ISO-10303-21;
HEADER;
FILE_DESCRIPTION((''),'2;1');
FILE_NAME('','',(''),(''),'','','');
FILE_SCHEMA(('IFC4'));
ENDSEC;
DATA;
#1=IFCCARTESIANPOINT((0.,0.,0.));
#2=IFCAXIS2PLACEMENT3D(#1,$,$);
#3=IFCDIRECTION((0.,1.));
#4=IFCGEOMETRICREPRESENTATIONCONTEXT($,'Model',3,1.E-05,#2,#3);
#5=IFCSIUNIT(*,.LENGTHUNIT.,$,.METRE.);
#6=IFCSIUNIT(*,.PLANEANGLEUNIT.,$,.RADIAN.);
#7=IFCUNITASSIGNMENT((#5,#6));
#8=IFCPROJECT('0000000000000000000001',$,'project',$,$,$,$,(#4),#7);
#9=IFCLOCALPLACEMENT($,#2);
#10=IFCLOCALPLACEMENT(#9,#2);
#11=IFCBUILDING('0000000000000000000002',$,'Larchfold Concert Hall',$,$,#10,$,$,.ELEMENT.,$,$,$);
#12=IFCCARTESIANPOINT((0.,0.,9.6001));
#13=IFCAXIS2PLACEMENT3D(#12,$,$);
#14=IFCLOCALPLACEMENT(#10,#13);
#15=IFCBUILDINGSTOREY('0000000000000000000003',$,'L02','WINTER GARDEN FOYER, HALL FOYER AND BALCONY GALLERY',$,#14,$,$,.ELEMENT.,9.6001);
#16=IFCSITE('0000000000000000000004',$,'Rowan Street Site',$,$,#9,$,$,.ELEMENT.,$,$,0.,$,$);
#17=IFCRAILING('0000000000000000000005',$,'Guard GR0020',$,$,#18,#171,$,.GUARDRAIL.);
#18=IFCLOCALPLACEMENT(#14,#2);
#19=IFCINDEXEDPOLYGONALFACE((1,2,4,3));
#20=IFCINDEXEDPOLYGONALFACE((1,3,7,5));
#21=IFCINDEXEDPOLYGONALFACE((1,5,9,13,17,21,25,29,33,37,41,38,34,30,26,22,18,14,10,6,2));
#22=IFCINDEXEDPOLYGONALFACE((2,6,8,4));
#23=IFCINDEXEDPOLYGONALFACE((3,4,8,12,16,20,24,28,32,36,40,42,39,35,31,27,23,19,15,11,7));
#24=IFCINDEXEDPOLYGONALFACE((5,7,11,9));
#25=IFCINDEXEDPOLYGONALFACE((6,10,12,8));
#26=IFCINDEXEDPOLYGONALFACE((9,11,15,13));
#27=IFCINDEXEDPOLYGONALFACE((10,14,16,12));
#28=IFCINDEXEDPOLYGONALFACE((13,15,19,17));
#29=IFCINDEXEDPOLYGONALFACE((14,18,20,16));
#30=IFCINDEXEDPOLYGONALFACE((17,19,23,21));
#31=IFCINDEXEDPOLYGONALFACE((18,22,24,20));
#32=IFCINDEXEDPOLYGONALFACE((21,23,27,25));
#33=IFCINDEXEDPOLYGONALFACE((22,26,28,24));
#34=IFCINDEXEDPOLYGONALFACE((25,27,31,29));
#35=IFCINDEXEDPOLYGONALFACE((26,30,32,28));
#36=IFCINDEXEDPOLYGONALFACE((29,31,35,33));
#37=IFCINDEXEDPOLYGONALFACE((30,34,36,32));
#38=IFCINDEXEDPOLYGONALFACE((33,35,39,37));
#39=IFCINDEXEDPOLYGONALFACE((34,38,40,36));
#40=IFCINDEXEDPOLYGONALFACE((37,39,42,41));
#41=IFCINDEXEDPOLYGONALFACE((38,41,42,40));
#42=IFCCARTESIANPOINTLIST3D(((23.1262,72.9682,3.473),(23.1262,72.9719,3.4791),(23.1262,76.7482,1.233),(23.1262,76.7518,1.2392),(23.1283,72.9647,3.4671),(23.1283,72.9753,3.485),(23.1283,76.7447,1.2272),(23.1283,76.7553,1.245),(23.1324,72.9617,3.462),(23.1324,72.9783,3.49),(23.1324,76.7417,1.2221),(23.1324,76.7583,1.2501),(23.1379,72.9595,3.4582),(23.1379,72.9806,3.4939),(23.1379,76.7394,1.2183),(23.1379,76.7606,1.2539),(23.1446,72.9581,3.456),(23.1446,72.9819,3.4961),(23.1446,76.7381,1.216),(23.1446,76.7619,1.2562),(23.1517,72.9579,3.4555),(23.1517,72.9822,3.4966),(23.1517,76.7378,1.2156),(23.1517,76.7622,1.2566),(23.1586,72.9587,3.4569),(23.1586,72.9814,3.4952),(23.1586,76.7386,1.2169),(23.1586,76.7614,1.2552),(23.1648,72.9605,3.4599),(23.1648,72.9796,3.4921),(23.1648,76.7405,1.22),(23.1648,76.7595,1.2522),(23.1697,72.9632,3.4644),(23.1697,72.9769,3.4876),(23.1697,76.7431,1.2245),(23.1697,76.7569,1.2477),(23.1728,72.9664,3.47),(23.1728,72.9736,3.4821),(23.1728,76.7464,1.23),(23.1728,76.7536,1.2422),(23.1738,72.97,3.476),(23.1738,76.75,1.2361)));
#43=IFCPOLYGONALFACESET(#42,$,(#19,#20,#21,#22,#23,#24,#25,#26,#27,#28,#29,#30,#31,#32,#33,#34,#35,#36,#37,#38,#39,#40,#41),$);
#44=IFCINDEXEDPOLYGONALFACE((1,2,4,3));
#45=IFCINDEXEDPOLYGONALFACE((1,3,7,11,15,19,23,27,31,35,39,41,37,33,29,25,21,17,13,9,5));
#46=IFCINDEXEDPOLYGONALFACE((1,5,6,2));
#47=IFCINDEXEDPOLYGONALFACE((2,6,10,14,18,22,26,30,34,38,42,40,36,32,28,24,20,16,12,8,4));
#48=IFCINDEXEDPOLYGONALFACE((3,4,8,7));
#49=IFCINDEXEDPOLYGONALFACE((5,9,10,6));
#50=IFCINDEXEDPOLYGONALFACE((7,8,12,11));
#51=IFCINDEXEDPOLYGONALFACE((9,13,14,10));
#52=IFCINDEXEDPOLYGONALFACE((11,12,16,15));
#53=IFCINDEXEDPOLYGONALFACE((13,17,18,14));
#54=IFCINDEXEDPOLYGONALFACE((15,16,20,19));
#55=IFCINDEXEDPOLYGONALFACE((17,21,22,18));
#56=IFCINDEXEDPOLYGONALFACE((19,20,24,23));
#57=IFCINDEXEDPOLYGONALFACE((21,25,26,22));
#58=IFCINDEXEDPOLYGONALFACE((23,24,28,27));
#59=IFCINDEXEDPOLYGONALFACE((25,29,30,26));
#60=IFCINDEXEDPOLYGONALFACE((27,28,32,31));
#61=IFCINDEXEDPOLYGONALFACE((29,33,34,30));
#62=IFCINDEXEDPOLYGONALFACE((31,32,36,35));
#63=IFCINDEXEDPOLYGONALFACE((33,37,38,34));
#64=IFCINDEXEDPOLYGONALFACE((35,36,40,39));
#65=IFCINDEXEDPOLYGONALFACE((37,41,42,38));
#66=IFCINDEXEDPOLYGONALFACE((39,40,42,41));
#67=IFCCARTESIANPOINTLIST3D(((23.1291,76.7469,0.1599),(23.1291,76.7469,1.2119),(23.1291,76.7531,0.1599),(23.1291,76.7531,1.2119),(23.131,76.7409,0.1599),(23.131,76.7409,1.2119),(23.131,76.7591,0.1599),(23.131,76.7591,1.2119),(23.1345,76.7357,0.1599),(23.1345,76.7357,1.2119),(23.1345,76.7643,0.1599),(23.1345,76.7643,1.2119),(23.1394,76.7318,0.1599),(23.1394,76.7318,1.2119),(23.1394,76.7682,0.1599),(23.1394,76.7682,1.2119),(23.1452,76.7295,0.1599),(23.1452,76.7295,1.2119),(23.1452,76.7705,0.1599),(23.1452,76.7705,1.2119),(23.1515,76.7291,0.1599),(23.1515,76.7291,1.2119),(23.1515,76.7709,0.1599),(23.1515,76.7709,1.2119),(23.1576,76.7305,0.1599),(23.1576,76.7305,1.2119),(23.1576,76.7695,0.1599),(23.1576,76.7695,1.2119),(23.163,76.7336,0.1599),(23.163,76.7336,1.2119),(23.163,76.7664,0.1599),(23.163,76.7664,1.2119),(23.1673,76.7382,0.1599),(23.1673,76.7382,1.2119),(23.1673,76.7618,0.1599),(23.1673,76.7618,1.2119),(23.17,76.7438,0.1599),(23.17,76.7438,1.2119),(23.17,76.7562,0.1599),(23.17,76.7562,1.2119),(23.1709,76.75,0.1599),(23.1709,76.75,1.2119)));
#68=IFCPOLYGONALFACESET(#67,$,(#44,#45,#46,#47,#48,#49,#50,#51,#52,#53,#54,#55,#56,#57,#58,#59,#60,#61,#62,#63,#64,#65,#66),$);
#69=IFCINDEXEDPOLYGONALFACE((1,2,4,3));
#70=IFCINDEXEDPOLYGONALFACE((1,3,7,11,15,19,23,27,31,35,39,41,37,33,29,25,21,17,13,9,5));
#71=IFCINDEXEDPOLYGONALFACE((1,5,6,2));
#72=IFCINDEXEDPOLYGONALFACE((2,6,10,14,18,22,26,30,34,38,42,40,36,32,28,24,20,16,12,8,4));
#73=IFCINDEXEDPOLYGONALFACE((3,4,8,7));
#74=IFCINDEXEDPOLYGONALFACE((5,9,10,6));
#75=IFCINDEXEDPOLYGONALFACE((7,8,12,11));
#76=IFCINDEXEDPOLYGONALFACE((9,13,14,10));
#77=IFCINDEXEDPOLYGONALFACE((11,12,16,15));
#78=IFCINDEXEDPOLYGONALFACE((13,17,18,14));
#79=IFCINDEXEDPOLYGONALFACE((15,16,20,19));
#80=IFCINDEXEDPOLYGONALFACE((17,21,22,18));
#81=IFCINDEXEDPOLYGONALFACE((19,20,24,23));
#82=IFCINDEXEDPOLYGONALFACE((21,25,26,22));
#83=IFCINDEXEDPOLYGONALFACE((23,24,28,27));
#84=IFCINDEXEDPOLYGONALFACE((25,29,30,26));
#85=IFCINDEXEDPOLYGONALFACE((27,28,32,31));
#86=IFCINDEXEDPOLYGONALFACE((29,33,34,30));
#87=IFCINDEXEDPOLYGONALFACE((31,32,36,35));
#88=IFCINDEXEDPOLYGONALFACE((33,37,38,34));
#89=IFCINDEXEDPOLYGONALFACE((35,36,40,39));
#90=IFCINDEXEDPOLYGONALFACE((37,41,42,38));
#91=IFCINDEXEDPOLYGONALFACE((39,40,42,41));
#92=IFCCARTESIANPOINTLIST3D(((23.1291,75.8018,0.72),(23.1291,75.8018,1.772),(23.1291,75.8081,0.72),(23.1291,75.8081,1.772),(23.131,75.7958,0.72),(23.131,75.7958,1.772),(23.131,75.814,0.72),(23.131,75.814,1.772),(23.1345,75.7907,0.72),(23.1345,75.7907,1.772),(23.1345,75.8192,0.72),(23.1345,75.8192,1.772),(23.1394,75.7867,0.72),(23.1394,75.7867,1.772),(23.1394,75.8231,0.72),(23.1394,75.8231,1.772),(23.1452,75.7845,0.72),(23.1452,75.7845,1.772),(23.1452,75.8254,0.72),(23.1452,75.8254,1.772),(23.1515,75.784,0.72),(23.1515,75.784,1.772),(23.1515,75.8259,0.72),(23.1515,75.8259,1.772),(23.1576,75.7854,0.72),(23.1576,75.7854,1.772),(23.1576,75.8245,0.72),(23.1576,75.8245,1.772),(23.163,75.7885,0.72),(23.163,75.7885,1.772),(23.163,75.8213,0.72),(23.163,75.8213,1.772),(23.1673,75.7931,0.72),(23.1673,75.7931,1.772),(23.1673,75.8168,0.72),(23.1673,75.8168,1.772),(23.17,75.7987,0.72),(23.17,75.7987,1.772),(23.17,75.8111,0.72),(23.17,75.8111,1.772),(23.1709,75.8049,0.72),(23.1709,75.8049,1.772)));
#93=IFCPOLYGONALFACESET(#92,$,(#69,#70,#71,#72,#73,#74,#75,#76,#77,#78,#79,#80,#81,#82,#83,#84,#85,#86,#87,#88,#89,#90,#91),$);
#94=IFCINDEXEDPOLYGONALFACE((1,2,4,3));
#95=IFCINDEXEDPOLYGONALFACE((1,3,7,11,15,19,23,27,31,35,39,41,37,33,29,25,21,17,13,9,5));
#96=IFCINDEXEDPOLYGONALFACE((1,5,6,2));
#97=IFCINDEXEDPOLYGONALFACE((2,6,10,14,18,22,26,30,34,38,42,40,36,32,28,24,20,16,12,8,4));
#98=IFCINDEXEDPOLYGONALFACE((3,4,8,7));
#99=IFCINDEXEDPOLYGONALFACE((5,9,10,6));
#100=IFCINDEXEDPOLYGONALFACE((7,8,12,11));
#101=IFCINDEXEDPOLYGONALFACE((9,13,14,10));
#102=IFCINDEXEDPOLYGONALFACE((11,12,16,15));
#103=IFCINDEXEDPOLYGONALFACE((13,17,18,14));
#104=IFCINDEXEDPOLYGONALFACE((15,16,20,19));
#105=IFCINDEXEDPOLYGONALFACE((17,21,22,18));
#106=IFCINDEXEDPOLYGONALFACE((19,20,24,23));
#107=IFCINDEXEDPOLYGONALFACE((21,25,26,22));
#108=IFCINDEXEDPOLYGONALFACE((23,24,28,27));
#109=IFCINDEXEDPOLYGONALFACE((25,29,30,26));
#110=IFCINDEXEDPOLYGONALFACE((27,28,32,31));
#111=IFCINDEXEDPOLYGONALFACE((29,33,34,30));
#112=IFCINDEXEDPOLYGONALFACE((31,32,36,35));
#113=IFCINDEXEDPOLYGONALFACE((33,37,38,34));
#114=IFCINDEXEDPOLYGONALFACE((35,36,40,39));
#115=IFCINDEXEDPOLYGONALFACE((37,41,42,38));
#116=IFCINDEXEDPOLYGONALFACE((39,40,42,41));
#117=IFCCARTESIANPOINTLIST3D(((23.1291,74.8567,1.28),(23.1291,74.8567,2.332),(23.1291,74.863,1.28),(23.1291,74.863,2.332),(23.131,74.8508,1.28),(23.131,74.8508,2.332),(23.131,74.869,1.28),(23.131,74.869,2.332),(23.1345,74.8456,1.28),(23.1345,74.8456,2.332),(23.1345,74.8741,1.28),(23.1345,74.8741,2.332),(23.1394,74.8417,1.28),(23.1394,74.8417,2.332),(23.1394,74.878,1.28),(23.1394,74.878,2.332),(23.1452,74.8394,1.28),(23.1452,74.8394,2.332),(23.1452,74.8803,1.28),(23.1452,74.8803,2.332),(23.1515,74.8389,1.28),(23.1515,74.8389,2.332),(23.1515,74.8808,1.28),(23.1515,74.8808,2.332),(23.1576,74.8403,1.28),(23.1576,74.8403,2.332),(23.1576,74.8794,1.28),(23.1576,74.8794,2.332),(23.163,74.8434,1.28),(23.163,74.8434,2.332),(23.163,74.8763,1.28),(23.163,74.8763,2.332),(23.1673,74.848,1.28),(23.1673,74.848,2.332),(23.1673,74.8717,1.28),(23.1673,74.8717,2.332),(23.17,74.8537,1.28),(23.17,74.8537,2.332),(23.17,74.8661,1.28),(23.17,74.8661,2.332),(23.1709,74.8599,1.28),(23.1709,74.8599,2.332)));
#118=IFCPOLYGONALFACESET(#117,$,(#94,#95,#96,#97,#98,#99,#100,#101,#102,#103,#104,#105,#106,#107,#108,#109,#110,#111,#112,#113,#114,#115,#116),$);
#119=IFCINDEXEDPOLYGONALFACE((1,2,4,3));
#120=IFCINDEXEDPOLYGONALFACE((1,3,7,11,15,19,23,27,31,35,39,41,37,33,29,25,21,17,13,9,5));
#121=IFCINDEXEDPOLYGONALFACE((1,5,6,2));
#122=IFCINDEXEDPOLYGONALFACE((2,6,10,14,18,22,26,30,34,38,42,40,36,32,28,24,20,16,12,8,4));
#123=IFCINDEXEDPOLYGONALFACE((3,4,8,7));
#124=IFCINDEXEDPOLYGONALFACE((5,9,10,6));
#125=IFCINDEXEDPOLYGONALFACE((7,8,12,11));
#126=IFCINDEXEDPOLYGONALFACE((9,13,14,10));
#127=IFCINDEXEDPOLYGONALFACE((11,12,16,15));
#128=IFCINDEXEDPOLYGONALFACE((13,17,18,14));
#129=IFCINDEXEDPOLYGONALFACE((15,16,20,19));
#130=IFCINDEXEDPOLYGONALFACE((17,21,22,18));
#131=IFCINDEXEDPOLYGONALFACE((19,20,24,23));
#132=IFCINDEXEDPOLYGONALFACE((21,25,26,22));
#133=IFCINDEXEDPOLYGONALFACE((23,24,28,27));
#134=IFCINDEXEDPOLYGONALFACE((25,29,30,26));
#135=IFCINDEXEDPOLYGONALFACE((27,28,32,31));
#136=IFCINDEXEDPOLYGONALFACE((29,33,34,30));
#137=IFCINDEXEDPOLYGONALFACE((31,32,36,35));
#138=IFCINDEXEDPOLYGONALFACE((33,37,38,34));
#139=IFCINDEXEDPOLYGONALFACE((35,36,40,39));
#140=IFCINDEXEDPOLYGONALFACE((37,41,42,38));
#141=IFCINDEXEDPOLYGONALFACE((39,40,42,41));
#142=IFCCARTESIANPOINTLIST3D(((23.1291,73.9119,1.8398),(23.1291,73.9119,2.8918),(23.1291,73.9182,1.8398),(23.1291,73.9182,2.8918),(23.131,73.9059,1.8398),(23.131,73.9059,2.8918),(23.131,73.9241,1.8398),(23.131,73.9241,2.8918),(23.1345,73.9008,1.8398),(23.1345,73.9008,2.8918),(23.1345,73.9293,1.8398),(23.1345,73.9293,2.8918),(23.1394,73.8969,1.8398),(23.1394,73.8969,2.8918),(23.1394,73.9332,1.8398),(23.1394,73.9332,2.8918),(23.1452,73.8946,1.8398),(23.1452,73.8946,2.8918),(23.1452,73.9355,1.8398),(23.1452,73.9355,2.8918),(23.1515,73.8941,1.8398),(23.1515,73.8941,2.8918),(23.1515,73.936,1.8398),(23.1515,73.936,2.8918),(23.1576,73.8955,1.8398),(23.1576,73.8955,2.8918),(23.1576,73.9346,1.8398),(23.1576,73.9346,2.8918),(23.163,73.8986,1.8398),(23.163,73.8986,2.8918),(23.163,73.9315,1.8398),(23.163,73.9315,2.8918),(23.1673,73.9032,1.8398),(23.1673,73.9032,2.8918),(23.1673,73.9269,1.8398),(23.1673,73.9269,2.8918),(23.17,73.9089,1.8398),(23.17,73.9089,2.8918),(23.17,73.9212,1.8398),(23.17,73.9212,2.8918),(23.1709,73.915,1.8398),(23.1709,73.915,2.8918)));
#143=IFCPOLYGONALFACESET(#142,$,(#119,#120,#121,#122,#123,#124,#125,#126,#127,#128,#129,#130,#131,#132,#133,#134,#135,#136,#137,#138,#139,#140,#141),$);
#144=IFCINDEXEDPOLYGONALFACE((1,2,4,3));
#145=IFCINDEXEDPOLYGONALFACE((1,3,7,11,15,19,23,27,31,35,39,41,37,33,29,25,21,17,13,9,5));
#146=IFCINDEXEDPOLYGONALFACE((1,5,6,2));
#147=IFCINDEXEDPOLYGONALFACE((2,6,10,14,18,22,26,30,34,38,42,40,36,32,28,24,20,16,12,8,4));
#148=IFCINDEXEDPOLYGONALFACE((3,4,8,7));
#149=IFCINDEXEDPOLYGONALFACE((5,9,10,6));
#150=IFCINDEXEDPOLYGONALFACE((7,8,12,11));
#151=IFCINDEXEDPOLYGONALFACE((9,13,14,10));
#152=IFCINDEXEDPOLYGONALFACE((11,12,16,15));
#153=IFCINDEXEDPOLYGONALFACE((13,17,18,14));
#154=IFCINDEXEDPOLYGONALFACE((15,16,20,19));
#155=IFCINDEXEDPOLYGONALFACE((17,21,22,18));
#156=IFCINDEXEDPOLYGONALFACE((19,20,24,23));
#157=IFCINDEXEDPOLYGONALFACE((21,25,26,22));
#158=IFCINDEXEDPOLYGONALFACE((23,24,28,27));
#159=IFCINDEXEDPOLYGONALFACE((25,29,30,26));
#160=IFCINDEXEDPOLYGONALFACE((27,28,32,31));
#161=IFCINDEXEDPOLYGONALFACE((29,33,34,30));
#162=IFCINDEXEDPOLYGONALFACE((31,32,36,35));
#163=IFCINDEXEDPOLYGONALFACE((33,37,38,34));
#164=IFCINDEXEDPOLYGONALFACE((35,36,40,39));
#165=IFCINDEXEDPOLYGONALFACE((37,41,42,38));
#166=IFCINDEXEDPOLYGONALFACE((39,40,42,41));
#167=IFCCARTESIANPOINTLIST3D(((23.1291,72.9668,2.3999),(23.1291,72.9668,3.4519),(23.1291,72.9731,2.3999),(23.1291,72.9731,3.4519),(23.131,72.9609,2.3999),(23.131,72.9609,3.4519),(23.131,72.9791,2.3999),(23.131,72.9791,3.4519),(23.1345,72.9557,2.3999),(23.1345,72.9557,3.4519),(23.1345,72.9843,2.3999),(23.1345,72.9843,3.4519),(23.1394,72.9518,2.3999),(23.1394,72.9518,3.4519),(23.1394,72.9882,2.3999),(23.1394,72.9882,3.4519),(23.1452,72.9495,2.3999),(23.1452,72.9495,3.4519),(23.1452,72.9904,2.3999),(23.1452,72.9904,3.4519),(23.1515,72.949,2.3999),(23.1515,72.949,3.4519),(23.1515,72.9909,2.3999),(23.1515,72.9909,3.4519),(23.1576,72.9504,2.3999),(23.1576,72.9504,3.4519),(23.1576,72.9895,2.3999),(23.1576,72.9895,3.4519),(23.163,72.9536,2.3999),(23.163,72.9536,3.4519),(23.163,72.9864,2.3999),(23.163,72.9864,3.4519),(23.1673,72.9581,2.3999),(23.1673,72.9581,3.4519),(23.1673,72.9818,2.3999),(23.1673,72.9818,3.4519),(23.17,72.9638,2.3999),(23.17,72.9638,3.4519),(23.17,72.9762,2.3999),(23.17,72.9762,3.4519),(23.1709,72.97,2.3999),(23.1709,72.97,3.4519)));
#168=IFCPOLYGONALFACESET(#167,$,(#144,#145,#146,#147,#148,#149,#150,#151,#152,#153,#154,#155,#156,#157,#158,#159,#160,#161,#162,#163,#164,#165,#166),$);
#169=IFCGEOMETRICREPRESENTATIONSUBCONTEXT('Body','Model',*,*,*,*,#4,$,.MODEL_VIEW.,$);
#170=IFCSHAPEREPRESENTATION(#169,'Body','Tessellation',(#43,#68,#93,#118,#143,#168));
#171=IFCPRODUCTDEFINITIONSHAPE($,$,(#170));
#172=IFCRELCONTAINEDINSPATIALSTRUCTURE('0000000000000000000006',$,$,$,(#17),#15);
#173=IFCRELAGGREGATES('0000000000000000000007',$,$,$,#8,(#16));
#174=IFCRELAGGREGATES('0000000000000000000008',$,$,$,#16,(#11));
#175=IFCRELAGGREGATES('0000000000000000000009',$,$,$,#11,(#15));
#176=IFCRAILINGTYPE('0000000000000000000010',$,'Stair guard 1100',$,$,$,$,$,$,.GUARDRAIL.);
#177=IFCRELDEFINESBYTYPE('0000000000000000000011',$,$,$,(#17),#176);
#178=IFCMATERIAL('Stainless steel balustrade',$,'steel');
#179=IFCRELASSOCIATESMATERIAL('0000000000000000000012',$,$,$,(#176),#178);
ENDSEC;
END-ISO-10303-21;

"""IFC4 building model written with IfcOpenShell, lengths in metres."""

from ifc_helpers import new_model, si_unit, direction, frame, origin, origin_2d, place, context, subcontext, project, spatial, circle, extrude, material, type_object, element, save


model = new_model("IFC4")

# Units and contexts
model_context = context("Model", 3, precision=1e-05, world=origin(), true_north=direction((0.0, 1.0)))
body_context = subcontext(model_context, "Body", "Model", "MODEL_VIEW")
ifc_project = project(units=[si_unit("LENGTHUNIT", "METRE"), si_unit("PLANEANGLEUNIT", "RADIAN")], contexts=[model_context])

# Site, building, storey
site_placement = place(None, origin())
site = spatial("IfcSite", under=ifc_project, at=site_placement, Name="Rowan Street Site", CompositionType="ELEMENT", RefElevation=0.0)
building_placement = place(site_placement, origin())
building = spatial("IfcBuilding", under=site, at=building_placement, Name="Larchfold Concert Hall", CompositionType="ELEMENT")
storey_placement = place(building_placement, frame((0.0, 0.0, 9.6001)))
storey = spatial("IfcBuildingStorey", under=building, at=storey_placement, Name="L02", Description="WINTER GARDEN FOYER, HALL FOYER AND BALCONY GALLERY", CompositionType="ELEMENT", Elevation=9.6001)

# Railing
ifc_material_1 = material(Name="Stainless steel balustrade", Category="steel")
railing_type_1 = type_object("IfcRailingType", Name="Stair guard 1100", PredefinedType="GUARDRAIL", material=ifc_material_1)
railing_1_placement = place(storey_placement, frame((23.1499, 76.75, 0.1599)))
element("IfcRailing", 1, at=railing_1_placement, inside=storey, type_object=railing_type_1, Name="Guard GR0020", PredefinedType="GUARDRAIL", context=body_context, shape_type="SweptSolid", body=[
    extrude(circle(Radius=0.0239, at=origin_2d()), frame((0.0, 0.0, 1.0762), z_axis=(0.0, -0.860294, 0.509798), x_axis=(1.0, 0.0, 0.0)), (0.0, 0.0, 1.0), 4.3938),
    extrude(circle(Radius=0.021, at=origin_2d()), origin(), (0.0, 0.0, 1.0), 1.052),
    extrude(circle(Radius=0.021, at=origin_2d()), frame((0.0, -0.9451, 0.5601)), (0.0, 0.0, 1.0), 1.052),
    extrude(circle(Radius=0.021, at=origin_2d()), frame((0.0, -1.8901, 1.1201)), (0.0, 0.0, 1.0), 1.052),
    extrude(circle(Radius=0.021, at=origin_2d()), frame((0.0, -2.835, 1.6799)), (0.0, 0.0, 1.0), 1.052),
    extrude(circle(Radius=0.021, at=origin_2d()), frame((0.0, -3.78, 2.24)), (0.0, 0.0, 1.0), 1.052),
])

save(model, "model.ifc")
